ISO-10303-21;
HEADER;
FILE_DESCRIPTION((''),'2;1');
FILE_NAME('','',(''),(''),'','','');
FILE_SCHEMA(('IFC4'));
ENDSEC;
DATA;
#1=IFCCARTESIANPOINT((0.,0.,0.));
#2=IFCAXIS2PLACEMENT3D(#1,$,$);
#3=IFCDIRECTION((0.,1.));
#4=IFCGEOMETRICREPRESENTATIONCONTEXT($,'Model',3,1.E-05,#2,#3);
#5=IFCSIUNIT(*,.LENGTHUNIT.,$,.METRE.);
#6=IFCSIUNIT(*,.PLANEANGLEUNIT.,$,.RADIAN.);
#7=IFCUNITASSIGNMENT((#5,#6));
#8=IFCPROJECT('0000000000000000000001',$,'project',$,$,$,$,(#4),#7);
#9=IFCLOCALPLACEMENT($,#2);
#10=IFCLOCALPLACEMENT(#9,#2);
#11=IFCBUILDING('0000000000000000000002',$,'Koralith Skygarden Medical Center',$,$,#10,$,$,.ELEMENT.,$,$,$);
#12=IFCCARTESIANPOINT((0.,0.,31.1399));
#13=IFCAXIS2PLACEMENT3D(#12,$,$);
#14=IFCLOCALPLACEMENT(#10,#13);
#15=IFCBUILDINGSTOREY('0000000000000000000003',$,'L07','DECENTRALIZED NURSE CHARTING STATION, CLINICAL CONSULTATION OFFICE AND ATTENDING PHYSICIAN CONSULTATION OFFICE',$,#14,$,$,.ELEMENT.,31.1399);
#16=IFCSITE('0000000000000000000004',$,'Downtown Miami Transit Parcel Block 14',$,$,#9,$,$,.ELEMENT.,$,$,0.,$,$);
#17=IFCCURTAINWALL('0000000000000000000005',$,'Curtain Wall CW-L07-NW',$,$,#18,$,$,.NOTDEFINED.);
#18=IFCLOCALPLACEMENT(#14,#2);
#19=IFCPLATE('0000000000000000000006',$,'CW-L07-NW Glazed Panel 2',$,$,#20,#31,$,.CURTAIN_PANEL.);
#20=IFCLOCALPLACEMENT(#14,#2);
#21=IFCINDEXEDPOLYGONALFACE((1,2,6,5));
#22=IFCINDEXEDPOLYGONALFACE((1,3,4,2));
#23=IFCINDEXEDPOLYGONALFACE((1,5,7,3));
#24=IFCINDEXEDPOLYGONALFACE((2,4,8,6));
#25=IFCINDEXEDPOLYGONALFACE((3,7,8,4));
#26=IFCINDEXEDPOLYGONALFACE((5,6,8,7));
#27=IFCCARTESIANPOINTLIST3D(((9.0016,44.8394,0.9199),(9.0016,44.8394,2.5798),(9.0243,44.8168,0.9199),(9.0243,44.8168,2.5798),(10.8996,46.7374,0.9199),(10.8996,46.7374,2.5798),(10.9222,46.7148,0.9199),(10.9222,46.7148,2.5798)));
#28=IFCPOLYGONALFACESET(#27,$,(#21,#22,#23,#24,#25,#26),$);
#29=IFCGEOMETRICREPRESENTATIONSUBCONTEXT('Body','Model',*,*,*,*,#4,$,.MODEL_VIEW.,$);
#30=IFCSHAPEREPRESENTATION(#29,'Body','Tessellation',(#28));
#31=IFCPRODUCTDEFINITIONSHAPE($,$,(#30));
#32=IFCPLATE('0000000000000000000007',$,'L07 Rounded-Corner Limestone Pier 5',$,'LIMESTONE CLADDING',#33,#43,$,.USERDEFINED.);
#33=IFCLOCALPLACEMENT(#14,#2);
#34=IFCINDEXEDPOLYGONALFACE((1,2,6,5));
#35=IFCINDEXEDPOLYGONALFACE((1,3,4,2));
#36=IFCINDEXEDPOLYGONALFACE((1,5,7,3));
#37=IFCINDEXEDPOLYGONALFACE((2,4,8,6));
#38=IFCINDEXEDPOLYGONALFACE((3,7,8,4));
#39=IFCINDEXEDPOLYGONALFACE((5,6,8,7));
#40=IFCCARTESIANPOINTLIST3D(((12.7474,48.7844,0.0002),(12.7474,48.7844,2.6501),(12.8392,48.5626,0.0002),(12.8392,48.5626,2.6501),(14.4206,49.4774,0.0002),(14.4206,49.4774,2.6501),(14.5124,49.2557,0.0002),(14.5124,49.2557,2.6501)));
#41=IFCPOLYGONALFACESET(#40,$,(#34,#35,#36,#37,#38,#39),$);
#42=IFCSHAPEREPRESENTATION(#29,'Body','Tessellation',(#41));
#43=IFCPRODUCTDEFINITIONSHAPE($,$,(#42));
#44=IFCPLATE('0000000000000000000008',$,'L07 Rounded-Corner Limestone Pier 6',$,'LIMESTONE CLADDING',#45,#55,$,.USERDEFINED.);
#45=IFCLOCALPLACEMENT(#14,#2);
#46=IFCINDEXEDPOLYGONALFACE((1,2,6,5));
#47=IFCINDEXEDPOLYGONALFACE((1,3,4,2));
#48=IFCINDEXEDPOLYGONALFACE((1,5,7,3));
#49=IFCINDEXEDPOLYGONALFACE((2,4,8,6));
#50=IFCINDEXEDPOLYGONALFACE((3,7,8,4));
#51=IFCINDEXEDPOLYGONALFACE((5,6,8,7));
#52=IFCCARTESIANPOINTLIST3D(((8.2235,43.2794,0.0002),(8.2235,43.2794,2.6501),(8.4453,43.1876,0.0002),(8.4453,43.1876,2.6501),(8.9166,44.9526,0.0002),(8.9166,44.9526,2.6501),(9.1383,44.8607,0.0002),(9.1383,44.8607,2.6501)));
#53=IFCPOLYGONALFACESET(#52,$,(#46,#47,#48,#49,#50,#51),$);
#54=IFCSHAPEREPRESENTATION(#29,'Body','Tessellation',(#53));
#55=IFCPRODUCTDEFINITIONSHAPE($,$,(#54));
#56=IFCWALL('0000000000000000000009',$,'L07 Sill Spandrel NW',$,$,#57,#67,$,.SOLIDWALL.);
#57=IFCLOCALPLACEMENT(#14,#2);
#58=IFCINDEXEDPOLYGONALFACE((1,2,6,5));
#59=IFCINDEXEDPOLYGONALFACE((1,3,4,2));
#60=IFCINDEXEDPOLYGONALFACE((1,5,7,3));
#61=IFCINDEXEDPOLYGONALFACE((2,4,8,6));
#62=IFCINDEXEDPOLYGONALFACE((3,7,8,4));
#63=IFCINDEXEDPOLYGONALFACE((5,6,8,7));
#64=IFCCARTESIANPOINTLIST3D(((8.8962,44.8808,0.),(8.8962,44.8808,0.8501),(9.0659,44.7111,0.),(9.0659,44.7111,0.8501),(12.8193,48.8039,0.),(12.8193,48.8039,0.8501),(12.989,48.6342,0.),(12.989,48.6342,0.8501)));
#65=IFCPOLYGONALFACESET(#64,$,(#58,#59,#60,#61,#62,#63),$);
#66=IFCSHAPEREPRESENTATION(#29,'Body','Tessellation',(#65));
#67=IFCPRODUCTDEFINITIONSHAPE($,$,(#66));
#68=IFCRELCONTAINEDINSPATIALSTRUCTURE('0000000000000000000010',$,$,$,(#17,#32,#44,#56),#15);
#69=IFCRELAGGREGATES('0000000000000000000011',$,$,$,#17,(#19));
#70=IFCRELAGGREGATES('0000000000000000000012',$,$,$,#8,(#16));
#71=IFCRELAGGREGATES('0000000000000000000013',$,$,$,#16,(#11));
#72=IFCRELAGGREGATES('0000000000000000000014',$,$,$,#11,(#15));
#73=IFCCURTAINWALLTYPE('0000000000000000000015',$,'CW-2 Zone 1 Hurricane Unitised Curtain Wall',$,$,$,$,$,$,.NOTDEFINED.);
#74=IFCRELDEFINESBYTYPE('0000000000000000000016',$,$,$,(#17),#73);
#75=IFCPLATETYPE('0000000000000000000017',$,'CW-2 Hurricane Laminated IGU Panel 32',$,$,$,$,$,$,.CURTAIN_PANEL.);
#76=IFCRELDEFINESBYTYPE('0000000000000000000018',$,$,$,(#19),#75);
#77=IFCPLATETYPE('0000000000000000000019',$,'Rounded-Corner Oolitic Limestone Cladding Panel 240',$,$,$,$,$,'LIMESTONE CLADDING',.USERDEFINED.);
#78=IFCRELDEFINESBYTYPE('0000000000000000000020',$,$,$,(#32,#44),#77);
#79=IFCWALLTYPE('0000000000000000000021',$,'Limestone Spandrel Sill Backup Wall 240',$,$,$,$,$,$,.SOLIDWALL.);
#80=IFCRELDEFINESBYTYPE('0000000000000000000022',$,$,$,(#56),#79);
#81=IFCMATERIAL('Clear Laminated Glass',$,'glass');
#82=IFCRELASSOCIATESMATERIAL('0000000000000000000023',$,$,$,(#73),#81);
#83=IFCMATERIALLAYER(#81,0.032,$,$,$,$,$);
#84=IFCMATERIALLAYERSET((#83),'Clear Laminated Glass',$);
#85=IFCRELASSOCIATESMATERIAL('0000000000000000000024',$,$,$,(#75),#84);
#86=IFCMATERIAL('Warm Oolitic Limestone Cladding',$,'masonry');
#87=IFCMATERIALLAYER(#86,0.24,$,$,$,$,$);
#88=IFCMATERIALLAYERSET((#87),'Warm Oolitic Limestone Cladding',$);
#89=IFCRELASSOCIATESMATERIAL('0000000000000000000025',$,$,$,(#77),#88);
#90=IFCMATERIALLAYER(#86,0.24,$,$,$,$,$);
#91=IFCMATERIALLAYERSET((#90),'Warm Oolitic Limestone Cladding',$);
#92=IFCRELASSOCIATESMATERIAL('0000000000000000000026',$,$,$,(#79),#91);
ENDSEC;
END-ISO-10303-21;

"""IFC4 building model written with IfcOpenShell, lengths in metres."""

from ifc_helpers import new_model, si_unit, direction, frame, frame_2d, origin, origin_2d, place, context, subcontext, project, spatial, rectangle, extrude, material, layer, layer_set, type_object, element, aggregate, save


model = new_model("IFC4")

# Units and contexts
model_context = context("Model", 3, precision=1e-05, world=origin(), true_north=direction((0.0, 1.0)))
body_context = subcontext(model_context, "Body", "Model", "MODEL_VIEW")
ifc_project = project(units=[si_unit("LENGTHUNIT", "METRE"), si_unit("PLANEANGLEUNIT", "RADIAN")], contexts=[model_context])

# Site, building, storey
site_placement = place(None, origin())
site = spatial("IfcSite", under=ifc_project, at=site_placement, Name="Downtown Miami Transit Parcel Block 14", CompositionType="ELEMENT", RefElevation=0.0)
building_placement = place(site_placement, origin())
building = spatial("IfcBuilding", under=site, at=building_placement, Name="Koralith Skygarden Medical Center", CompositionType="ELEMENT")
storey_placement = place(building_placement, frame((0.0, 0.0, 31.1399)))
storey = spatial("IfcBuildingStorey", under=building, at=storey_placement, Name="L07", Description="DECENTRALIZED NURSE CHARTING STATION, CLINICAL CONSULTATION OFFICE AND ATTENDING PHYSICIAN CONSULTATION OFFICE", CompositionType="ELEMENT", Elevation=31.1399)

# Curtain wall
ifc_material_1 = material(Name="Clear Laminated Glass", Category="glass")
curtain_wall_type = type_object("IfcCurtainWallType", Name="CW-2 Zone 1 Hurricane Unitised Curtain Wall", PredefinedType="NOTDEFINED", material=ifc_material_1)
curtain_wall_1_placement = place(storey_placement, origin())
curtain_wall_1 = element("IfcCurtainWall", 1, at=curtain_wall_1_placement, inside=storey, type_object=curtain_wall_type, Name="Curtain Wall CW-L07-NW", PredefinedType="NOTDEFINED")

# Plate
ifc_layer_1 = layer(ifc_material_1, 0.032)
ifc_layer_set_1 = layer_set([ifc_layer_1], Name="Clear Laminated Glass")
plate_type_1 = type_object("IfcPlateType", Name="CW-2 Hurricane Laminated IGU Panel 32", PredefinedType="CURTAIN_PANEL", material=ifc_layer_set_1)
plate_1_placement = place(storey_placement, frame((9.9619, 45.7771, 0.9199), z_axis=(0.0, 0.0, 1.0), x_axis=(-0.707107, -0.707107, 0.0)))
plate_1 = element("IfcPlate", 2, at=plate_1_placement, type_object=plate_type_1, Name="CW-L07-NW Glazed Panel 2", PredefinedType="CURTAIN_PANEL", context=body_context, shape_type="SweptSolid", body=[
    extrude(rectangle(XDim=2.6841, YDim=0.032, at=origin_2d()), origin(), (0.0, 0.0, 1.0), 1.6599),
])
aggregate(curtain_wall_1, [plate_1])

# Plates
ifc_material_2 = material(Name="Warm Oolitic Limestone Cladding", Category="masonry")
ifc_layer_2 = layer(ifc_material_2, 0.24)
ifc_layer_set_2 = layer_set([ifc_layer_2], Name="Warm Oolitic Limestone Cladding")
plate_type_2 = type_object("IfcPlateType", Name="Rounded-Corner Oolitic Limestone Cladding Panel 240", ElementType="LIMESTONE CLADDING", PredefinedType="USERDEFINED", material=ifc_layer_set_2)
for number, where, z_axis, x_axis, name in (
    (3, (13.6299, 49.02, 0.0002), (0.0, 0.0, 1.0), (-0.923885, -0.382671, 0.0), "L07 Rounded-Corner Limestone Pier 5"),
    (4, (8.6809, 44.0701, 0.0002), (0.0, 0.0, 1.0), (-0.382671, -0.923885, 0.0), "L07 Rounded-Corner Limestone Pier 6"),
):
    element("IfcPlate", number, at=place(storey_placement, frame(where, z_axis=z_axis, x_axis=x_axis)), inside=storey, type_object=plate_type_2, Name=name, ObjectType="LIMESTONE CLADDING", PredefinedType="USERDEFINED", context=body_context, shape_type="SweptSolid", body=[
        extrude(rectangle(XDim=1.811, YDim=0.24, at=origin_2d()), origin(), (0.0, 0.0, 1.0), 2.6499),
    ])

# Wall
ifc_layer_3 = layer(ifc_material_2, 0.24)
ifc_layer_set_3 = layer_set([ifc_layer_3], Name="Warm Oolitic Limestone Cladding")
wall_type = type_object("IfcWallType", Name="Limestone Spandrel Sill Backup Wall 240", PredefinedType="SOLIDWALL", material=ifc_layer_set_3)
wall_placement = place(storey_placement, frame((12.9041, 48.719, 0.0), z_axis=(0.0, 0.0, 1.0), x_axis=(-0.707107, -0.707107, 0.0)))
element("IfcWall", 5, at=wall_placement, inside=storey, type_object=wall_type, Name="L07 Sill Spandrel NW", PredefinedType="SOLIDWALL", context=body_context, shape_type="SweptSolid", body=[
    extrude(rectangle(XDim=5.5481, YDim=0.24, at=frame_2d((2.7739, 0.0))), origin(), (0.0, 0.0, 1.0), 0.8501),
])

save(model, "model.ifc")
